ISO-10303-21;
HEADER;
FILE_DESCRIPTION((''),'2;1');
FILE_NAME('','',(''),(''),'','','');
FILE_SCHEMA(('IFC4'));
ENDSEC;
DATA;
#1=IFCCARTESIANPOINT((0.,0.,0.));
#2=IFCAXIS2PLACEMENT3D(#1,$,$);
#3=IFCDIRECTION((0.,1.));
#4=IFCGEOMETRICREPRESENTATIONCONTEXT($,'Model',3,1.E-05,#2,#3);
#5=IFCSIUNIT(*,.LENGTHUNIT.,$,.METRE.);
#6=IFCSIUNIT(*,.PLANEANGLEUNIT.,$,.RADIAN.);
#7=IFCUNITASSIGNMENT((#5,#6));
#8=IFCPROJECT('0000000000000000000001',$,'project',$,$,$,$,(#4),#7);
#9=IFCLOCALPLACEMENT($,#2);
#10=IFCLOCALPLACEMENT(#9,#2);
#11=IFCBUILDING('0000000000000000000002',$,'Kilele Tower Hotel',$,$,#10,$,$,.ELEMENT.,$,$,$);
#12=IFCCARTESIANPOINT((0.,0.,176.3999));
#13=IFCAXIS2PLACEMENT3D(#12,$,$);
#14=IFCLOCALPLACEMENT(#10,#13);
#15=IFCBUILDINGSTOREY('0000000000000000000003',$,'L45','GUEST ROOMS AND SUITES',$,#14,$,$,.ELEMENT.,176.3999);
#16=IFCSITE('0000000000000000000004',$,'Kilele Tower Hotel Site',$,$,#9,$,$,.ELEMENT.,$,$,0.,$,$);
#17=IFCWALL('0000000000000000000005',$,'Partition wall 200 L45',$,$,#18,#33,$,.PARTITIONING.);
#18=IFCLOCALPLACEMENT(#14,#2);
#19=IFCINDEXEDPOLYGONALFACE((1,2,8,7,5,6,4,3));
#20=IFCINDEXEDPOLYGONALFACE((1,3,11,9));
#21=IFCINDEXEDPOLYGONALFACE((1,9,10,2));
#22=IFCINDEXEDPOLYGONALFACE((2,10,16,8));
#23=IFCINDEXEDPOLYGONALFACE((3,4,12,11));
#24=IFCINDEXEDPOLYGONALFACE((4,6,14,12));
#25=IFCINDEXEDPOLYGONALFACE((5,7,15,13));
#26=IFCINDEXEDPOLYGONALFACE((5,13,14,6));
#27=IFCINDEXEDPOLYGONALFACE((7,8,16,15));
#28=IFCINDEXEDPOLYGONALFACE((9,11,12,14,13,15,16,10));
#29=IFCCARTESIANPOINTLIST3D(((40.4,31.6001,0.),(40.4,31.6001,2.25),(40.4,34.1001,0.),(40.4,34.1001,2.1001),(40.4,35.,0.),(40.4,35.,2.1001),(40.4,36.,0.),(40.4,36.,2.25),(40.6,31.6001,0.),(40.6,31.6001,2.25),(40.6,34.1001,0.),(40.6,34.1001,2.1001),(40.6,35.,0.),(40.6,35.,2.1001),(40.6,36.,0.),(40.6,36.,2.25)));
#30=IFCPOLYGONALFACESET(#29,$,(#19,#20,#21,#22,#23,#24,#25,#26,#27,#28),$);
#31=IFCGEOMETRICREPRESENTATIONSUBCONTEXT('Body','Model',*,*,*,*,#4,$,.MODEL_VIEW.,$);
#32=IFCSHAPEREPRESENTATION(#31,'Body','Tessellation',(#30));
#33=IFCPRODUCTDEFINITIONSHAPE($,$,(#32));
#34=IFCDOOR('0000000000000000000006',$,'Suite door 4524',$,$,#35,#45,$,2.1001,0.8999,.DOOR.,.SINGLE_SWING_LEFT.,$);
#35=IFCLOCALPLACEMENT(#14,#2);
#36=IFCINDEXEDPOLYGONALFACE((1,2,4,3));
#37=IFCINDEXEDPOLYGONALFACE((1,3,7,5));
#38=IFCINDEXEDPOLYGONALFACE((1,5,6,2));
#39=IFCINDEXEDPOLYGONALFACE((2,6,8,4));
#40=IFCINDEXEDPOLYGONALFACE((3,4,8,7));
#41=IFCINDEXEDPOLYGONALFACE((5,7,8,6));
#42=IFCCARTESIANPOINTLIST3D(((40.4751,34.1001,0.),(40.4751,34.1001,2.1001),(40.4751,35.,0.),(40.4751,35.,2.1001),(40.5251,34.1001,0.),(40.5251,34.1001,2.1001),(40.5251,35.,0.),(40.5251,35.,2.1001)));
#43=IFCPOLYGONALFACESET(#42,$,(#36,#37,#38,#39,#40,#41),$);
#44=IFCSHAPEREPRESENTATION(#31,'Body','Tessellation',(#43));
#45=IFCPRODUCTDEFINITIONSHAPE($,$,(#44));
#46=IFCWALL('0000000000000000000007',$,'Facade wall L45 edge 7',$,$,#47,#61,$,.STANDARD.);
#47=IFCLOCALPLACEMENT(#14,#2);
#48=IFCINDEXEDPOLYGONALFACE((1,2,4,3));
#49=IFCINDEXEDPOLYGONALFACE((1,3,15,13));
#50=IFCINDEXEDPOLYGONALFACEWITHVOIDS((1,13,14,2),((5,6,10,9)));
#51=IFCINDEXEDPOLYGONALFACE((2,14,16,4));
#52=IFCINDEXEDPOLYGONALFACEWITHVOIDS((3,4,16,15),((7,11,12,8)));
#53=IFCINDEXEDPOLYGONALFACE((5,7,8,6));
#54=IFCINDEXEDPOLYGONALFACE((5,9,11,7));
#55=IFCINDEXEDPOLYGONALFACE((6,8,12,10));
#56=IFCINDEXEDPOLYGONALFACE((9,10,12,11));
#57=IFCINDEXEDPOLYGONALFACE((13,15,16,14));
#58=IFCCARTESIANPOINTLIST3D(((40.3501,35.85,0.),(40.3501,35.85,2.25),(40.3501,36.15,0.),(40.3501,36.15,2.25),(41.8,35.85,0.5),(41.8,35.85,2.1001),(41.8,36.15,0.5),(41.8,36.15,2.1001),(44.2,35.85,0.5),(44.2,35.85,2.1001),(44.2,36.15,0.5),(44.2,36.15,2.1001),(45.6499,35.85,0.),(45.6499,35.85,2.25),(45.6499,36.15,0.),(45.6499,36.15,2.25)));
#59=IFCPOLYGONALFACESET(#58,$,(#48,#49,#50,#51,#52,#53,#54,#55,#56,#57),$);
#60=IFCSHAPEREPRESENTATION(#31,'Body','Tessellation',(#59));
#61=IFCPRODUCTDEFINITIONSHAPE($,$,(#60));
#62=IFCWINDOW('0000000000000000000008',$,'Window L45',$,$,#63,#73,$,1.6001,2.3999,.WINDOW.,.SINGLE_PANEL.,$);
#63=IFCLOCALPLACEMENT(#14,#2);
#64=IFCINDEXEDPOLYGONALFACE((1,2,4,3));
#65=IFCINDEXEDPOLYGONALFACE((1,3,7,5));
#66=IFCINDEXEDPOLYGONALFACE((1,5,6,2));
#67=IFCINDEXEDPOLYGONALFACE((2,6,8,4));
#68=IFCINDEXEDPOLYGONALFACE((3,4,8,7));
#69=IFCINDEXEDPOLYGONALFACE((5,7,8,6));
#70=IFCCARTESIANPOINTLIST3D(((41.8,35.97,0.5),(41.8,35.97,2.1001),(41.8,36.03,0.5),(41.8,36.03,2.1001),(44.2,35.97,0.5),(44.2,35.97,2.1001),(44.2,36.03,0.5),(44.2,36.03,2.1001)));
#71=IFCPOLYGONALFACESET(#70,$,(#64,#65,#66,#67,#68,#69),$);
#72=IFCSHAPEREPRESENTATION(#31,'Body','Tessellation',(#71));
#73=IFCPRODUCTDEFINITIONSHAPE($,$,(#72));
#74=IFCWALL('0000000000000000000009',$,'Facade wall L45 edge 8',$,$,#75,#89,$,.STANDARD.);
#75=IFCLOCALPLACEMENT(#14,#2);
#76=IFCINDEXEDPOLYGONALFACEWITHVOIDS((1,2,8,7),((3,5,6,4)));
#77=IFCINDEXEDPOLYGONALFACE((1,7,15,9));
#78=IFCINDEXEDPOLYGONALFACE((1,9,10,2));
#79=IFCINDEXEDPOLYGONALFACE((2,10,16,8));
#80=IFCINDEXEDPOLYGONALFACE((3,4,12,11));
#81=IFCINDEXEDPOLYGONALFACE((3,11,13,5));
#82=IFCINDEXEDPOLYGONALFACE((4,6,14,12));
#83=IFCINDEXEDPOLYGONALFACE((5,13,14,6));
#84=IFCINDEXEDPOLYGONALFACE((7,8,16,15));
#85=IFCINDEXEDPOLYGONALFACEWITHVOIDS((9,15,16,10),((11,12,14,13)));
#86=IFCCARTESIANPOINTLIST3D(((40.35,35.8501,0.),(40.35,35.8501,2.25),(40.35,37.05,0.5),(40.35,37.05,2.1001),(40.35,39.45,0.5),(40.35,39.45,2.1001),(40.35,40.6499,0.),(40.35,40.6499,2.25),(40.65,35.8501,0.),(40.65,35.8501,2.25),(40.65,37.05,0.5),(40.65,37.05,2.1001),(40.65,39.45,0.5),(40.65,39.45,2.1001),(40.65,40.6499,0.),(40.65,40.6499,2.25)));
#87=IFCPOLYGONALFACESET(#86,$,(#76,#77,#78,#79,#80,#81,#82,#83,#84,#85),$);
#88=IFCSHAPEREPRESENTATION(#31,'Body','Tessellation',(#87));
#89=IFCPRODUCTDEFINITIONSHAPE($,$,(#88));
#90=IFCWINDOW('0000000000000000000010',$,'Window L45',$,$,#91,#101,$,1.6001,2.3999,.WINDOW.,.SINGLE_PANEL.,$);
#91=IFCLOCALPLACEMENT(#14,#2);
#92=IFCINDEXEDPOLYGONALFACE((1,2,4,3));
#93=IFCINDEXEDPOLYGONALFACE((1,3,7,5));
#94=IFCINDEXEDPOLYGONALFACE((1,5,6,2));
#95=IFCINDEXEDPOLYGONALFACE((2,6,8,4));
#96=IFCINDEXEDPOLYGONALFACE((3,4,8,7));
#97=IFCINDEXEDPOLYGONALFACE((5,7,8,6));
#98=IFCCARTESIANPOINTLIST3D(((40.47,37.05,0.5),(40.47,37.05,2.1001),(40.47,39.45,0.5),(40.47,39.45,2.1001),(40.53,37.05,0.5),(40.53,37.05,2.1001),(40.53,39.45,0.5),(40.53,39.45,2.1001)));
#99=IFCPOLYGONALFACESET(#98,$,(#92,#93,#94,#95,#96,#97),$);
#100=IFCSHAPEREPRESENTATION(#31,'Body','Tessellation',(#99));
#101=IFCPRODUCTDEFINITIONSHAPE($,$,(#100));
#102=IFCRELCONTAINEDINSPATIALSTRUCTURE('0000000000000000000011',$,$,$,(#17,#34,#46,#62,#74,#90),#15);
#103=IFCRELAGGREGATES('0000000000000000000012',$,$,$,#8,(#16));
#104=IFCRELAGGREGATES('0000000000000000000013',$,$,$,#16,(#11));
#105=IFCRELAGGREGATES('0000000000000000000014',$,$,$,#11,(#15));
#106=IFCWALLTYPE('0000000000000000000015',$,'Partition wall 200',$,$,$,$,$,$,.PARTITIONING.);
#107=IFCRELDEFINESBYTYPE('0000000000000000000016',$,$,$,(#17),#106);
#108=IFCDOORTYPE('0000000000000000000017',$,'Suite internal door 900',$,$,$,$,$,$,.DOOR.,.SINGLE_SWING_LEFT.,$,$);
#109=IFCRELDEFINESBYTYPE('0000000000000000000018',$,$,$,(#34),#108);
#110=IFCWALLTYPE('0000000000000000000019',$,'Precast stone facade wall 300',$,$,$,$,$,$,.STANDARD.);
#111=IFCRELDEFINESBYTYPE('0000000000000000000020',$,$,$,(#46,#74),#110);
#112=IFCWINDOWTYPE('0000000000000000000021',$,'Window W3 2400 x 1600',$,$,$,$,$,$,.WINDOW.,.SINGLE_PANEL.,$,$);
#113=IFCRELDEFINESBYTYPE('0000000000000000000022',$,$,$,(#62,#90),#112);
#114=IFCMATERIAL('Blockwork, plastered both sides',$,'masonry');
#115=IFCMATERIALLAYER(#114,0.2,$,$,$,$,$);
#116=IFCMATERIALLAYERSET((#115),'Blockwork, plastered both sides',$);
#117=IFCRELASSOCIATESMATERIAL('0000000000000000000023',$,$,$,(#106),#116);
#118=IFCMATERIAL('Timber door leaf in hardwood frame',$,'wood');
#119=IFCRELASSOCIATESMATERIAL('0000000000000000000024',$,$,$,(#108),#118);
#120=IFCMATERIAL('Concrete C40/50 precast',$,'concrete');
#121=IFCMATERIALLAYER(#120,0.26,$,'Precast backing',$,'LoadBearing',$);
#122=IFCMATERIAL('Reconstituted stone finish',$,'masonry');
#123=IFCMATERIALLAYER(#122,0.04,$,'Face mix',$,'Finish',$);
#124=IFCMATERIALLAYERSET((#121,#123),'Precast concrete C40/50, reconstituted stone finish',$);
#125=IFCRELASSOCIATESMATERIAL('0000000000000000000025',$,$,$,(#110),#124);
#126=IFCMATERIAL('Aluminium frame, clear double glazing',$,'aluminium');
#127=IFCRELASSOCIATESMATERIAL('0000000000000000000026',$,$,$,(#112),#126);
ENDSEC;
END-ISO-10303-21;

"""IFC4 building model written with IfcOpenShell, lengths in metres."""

from ifc_helpers import new_model, si_unit, direction, frame, frame_2d, origin, place, context, subcontext, project, spatial, rectangle, extrude, material, layer, layer_set, type_object, element, fill, save


model = new_model("IFC4")

# Units and contexts
model_context = context("Model", 3, precision=1e-05, world=origin(), true_north=direction((0.0, 1.0)))
body_context = subcontext(model_context, "Body", "Model", "MODEL_VIEW")
ifc_project = project(units=[si_unit("LENGTHUNIT", "METRE"), si_unit("PLANEANGLEUNIT", "RADIAN")], contexts=[model_context])

# Site, building, storey
site_placement = place(None, origin())
site = spatial("IfcSite", under=ifc_project, at=site_placement, Name="Kilele Tower Hotel Site", CompositionType="ELEMENT", RefElevation=0.0)
building_placement = place(site_placement, origin())
building = spatial("IfcBuilding", under=site, at=building_placement, Name="Kilele Tower Hotel", CompositionType="ELEMENT")
storey_placement = place(building_placement, frame((0.0, 0.0, 176.3999)))
storey = spatial("IfcBuildingStorey", under=building, at=storey_placement, Name="L45", Description="GUEST ROOMS AND SUITES", CompositionType="ELEMENT", Elevation=176.3999)

# Wall, opening, door
ifc_material_1 = material(Name="Blockwork, plastered both sides", Category="masonry")
ifc_layer_1 = layer(ifc_material_1, 0.2)
ifc_layer_set_1 = layer_set([ifc_layer_1], Name="Blockwork, plastered both sides")
wall_type_1 = type_object("IfcWallType", Name="Partition wall 200", PredefinedType="PARTITIONING", material=ifc_layer_set_1)
wall_1_placement = place(storey_placement, frame((40.5, 31.6001, 0.0), z_axis=(0.0, 0.0, 1.0), x_axis=(0.0, 1.0, 0.0)))
wall_1 = element("IfcWall", 1, at=wall_1_placement, inside=storey, type_object=wall_type_1, Name="Partition wall 200 L45", PredefinedType="PARTITIONING", context=body_context, shape_type="SweptSolid", body=[
    extrude(rectangle(XDim=4.3999, YDim=0.2, at=frame_2d((2.2, 0.0))), origin(), (0.0, 0.0, 1.0), 2.25),
])
opening_1_placement = place(wall_1_placement, frame((2.5, 0.0, 0.0)))
opening_1 = element("IfcOpeningElement", 2, at=opening_1_placement, cuts=wall_1, PredefinedType="OPENING", context=body_context, shape_type="SweptSolid", body=[
    extrude(rectangle(XDim=0.8999, YDim=2.1001, at=frame_2d((0.45, 1.05))), frame((0.0, 0.1099, 0.0), z_axis=(0.0, -1.0, 0.0), x_axis=(1.0, 0.0, 0.0)), (0.0, 0.0, 1.0), 0.22),
])
ifc_material_2 = material(Name="Timber door leaf in hardwood frame", Category="wood")
door_type_1 = type_object("IfcDoorType", Name="Suite internal door 900", OperationType="SINGLE_SWING_LEFT", PredefinedType="DOOR", material=ifc_material_2)
door_1_placement = place(opening_1_placement, origin())
door_1 = element("IfcDoor", 3, at=door_1_placement, inside=storey, type_object=door_type_1, Name="Suite door 4524", OperationType="SINGLE_SWING_LEFT", OverallHeight=2.1001, OverallWidth=0.8999, PredefinedType="DOOR", context=body_context, shape_type="SweptSolid", body=[
    extrude(rectangle(XDim=0.8999, YDim=2.1001, at=frame_2d((0.45, 1.05))), frame((0.0, 0.0249, 0.0), z_axis=(0.0, -1.0, 0.0), x_axis=(1.0, 0.0, 0.0)), (0.0, 0.0, 1.0), 0.05),
])
fill(opening_1, door_1)

# Walls, openings, windows
ifc_material_3 = material(Name="Concrete C40/50 precast", Category="concrete")
ifc_layer_2 = layer(ifc_material_3, 0.26, Name="Precast backing", Category="LoadBearing")
ifc_material_4 = material(Name="Reconstituted stone finish", Category="masonry")
ifc_layer_3 = layer(ifc_material_4, 0.04, Name="Face mix", Category="Finish")
ifc_layer_set_2 = layer_set([ifc_layer_2, ifc_layer_3], Name="Precast concrete C40/50, reconstituted stone finish")
wall_type_2 = type_object("IfcWallType", Name="Precast stone facade wall 300", PredefinedType="STANDARD", material=ifc_layer_set_2)
wall_2_placement = place(storey_placement, frame((45.6499, 36.0, 0.0), z_axis=(0.0, 0.0, 1.0), x_axis=(-1.0, 0.0, 0.0)))
wall_2 = element("IfcWall", 4, at=wall_2_placement, inside=storey, type_object=wall_type_2, Name="Facade wall L45 edge 7", PredefinedType="STANDARD", context=body_context, shape_type="SweptSolid", body=[
    extrude(rectangle(XDim=5.2998, YDim=0.3, at=frame_2d((2.6499, 0.0))), origin(), (0.0, 0.0, 1.0), 2.25),
])
opening_2_placement = place(wall_2_placement, frame((1.45, 0.0, 0.5)))
opening_2 = element("IfcOpeningElement", 5, at=opening_2_placement, cuts=wall_2, PredefinedType="OPENING", context=body_context, shape_type="SweptSolid", body=[
    extrude(rectangle(XDim=2.3999, YDim=1.6001, at=frame_2d((1.2, 0.8))), frame((0.0, 0.1599, 0.0), z_axis=(0.0, -1.0, 0.0), x_axis=(1.0, 0.0, 0.0)), (0.0, 0.0, 1.0), 0.3201),
])
ifc_material_5 = material(Name="Aluminium frame, clear double glazing", Category="aluminium")
window_type = type_object("IfcWindowType", Name="Window W3 2400 x 1600", PartitioningType="SINGLE_PANEL", PredefinedType="WINDOW", material=ifc_material_5)
window_1_placement = place(opening_2_placement, origin())
window_1 = element("IfcWindow", 6, at=window_1_placement, inside=storey, type_object=window_type, Name="Window L45", OverallHeight=1.6001, OverallWidth=2.3999, PartitioningType="SINGLE_PANEL", PredefinedType="WINDOW", context=body_context, shape_type="SweptSolid", body=[
    extrude(rectangle(XDim=2.3999, YDim=1.6001, at=frame_2d((1.2, 0.8))), frame((0.0, 0.03, 0.0), z_axis=(0.0, -1.0, 0.0), x_axis=(1.0, 0.0, 0.0)), (0.0, 0.0, 1.0), 0.0601),
])
fill(opening_2, window_1)
wall_3_placement = place(storey_placement, frame((40.5, 35.8501, 0.0), z_axis=(0.0, 0.0, 1.0), x_axis=(0.0, 1.0, 0.0)))
wall_3 = element("IfcWall", 7, at=wall_3_placement, inside=storey, type_object=wall_type_2, Name="Facade wall L45 edge 8", PredefinedType="STANDARD", context=body_context, shape_type="SweptSolid", body=[
    extrude(rectangle(XDim=4.7998, YDim=0.3, at=frame_2d((2.3999, 0.0))), origin(), (0.0, 0.0, 1.0), 2.25),
])
opening_3_placement = place(wall_3_placement, frame((1.2, 0.0, 0.5)))
opening_3 = element("IfcOpeningElement", 8, at=opening_3_placement, cuts=wall_3, PredefinedType="OPENING", context=body_context, shape_type="SweptSolid", body=[
    extrude(rectangle(XDim=2.3999, YDim=1.6001, at=frame_2d((1.2, 0.8))), frame((0.0, 0.1599, 0.0), z_axis=(0.0, -1.0, 0.0), x_axis=(1.0, 0.0, 0.0)), (0.0, 0.0, 1.0), 0.3201),
])
window_2_placement = place(opening_3_placement, origin())
window_2 = element("IfcWindow", 9, at=window_2_placement, inside=storey, type_object=window_type, Name="Window L45", OverallHeight=1.6001, OverallWidth=2.3999, PartitioningType="SINGLE_PANEL", PredefinedType="WINDOW", context=body_context, shape_type="SweptSolid", body=[
    extrude(rectangle(XDim=2.3999, YDim=1.6001, at=frame_2d((1.2, 0.8))), frame((0.0, 0.03, 0.0), z_axis=(0.0, -1.0, 0.0), x_axis=(1.0, 0.0, 0.0)), (0.0, 0.0, 1.0), 0.0601),
])
fill(opening_3, window_2)

save(model, "model.ifc")
